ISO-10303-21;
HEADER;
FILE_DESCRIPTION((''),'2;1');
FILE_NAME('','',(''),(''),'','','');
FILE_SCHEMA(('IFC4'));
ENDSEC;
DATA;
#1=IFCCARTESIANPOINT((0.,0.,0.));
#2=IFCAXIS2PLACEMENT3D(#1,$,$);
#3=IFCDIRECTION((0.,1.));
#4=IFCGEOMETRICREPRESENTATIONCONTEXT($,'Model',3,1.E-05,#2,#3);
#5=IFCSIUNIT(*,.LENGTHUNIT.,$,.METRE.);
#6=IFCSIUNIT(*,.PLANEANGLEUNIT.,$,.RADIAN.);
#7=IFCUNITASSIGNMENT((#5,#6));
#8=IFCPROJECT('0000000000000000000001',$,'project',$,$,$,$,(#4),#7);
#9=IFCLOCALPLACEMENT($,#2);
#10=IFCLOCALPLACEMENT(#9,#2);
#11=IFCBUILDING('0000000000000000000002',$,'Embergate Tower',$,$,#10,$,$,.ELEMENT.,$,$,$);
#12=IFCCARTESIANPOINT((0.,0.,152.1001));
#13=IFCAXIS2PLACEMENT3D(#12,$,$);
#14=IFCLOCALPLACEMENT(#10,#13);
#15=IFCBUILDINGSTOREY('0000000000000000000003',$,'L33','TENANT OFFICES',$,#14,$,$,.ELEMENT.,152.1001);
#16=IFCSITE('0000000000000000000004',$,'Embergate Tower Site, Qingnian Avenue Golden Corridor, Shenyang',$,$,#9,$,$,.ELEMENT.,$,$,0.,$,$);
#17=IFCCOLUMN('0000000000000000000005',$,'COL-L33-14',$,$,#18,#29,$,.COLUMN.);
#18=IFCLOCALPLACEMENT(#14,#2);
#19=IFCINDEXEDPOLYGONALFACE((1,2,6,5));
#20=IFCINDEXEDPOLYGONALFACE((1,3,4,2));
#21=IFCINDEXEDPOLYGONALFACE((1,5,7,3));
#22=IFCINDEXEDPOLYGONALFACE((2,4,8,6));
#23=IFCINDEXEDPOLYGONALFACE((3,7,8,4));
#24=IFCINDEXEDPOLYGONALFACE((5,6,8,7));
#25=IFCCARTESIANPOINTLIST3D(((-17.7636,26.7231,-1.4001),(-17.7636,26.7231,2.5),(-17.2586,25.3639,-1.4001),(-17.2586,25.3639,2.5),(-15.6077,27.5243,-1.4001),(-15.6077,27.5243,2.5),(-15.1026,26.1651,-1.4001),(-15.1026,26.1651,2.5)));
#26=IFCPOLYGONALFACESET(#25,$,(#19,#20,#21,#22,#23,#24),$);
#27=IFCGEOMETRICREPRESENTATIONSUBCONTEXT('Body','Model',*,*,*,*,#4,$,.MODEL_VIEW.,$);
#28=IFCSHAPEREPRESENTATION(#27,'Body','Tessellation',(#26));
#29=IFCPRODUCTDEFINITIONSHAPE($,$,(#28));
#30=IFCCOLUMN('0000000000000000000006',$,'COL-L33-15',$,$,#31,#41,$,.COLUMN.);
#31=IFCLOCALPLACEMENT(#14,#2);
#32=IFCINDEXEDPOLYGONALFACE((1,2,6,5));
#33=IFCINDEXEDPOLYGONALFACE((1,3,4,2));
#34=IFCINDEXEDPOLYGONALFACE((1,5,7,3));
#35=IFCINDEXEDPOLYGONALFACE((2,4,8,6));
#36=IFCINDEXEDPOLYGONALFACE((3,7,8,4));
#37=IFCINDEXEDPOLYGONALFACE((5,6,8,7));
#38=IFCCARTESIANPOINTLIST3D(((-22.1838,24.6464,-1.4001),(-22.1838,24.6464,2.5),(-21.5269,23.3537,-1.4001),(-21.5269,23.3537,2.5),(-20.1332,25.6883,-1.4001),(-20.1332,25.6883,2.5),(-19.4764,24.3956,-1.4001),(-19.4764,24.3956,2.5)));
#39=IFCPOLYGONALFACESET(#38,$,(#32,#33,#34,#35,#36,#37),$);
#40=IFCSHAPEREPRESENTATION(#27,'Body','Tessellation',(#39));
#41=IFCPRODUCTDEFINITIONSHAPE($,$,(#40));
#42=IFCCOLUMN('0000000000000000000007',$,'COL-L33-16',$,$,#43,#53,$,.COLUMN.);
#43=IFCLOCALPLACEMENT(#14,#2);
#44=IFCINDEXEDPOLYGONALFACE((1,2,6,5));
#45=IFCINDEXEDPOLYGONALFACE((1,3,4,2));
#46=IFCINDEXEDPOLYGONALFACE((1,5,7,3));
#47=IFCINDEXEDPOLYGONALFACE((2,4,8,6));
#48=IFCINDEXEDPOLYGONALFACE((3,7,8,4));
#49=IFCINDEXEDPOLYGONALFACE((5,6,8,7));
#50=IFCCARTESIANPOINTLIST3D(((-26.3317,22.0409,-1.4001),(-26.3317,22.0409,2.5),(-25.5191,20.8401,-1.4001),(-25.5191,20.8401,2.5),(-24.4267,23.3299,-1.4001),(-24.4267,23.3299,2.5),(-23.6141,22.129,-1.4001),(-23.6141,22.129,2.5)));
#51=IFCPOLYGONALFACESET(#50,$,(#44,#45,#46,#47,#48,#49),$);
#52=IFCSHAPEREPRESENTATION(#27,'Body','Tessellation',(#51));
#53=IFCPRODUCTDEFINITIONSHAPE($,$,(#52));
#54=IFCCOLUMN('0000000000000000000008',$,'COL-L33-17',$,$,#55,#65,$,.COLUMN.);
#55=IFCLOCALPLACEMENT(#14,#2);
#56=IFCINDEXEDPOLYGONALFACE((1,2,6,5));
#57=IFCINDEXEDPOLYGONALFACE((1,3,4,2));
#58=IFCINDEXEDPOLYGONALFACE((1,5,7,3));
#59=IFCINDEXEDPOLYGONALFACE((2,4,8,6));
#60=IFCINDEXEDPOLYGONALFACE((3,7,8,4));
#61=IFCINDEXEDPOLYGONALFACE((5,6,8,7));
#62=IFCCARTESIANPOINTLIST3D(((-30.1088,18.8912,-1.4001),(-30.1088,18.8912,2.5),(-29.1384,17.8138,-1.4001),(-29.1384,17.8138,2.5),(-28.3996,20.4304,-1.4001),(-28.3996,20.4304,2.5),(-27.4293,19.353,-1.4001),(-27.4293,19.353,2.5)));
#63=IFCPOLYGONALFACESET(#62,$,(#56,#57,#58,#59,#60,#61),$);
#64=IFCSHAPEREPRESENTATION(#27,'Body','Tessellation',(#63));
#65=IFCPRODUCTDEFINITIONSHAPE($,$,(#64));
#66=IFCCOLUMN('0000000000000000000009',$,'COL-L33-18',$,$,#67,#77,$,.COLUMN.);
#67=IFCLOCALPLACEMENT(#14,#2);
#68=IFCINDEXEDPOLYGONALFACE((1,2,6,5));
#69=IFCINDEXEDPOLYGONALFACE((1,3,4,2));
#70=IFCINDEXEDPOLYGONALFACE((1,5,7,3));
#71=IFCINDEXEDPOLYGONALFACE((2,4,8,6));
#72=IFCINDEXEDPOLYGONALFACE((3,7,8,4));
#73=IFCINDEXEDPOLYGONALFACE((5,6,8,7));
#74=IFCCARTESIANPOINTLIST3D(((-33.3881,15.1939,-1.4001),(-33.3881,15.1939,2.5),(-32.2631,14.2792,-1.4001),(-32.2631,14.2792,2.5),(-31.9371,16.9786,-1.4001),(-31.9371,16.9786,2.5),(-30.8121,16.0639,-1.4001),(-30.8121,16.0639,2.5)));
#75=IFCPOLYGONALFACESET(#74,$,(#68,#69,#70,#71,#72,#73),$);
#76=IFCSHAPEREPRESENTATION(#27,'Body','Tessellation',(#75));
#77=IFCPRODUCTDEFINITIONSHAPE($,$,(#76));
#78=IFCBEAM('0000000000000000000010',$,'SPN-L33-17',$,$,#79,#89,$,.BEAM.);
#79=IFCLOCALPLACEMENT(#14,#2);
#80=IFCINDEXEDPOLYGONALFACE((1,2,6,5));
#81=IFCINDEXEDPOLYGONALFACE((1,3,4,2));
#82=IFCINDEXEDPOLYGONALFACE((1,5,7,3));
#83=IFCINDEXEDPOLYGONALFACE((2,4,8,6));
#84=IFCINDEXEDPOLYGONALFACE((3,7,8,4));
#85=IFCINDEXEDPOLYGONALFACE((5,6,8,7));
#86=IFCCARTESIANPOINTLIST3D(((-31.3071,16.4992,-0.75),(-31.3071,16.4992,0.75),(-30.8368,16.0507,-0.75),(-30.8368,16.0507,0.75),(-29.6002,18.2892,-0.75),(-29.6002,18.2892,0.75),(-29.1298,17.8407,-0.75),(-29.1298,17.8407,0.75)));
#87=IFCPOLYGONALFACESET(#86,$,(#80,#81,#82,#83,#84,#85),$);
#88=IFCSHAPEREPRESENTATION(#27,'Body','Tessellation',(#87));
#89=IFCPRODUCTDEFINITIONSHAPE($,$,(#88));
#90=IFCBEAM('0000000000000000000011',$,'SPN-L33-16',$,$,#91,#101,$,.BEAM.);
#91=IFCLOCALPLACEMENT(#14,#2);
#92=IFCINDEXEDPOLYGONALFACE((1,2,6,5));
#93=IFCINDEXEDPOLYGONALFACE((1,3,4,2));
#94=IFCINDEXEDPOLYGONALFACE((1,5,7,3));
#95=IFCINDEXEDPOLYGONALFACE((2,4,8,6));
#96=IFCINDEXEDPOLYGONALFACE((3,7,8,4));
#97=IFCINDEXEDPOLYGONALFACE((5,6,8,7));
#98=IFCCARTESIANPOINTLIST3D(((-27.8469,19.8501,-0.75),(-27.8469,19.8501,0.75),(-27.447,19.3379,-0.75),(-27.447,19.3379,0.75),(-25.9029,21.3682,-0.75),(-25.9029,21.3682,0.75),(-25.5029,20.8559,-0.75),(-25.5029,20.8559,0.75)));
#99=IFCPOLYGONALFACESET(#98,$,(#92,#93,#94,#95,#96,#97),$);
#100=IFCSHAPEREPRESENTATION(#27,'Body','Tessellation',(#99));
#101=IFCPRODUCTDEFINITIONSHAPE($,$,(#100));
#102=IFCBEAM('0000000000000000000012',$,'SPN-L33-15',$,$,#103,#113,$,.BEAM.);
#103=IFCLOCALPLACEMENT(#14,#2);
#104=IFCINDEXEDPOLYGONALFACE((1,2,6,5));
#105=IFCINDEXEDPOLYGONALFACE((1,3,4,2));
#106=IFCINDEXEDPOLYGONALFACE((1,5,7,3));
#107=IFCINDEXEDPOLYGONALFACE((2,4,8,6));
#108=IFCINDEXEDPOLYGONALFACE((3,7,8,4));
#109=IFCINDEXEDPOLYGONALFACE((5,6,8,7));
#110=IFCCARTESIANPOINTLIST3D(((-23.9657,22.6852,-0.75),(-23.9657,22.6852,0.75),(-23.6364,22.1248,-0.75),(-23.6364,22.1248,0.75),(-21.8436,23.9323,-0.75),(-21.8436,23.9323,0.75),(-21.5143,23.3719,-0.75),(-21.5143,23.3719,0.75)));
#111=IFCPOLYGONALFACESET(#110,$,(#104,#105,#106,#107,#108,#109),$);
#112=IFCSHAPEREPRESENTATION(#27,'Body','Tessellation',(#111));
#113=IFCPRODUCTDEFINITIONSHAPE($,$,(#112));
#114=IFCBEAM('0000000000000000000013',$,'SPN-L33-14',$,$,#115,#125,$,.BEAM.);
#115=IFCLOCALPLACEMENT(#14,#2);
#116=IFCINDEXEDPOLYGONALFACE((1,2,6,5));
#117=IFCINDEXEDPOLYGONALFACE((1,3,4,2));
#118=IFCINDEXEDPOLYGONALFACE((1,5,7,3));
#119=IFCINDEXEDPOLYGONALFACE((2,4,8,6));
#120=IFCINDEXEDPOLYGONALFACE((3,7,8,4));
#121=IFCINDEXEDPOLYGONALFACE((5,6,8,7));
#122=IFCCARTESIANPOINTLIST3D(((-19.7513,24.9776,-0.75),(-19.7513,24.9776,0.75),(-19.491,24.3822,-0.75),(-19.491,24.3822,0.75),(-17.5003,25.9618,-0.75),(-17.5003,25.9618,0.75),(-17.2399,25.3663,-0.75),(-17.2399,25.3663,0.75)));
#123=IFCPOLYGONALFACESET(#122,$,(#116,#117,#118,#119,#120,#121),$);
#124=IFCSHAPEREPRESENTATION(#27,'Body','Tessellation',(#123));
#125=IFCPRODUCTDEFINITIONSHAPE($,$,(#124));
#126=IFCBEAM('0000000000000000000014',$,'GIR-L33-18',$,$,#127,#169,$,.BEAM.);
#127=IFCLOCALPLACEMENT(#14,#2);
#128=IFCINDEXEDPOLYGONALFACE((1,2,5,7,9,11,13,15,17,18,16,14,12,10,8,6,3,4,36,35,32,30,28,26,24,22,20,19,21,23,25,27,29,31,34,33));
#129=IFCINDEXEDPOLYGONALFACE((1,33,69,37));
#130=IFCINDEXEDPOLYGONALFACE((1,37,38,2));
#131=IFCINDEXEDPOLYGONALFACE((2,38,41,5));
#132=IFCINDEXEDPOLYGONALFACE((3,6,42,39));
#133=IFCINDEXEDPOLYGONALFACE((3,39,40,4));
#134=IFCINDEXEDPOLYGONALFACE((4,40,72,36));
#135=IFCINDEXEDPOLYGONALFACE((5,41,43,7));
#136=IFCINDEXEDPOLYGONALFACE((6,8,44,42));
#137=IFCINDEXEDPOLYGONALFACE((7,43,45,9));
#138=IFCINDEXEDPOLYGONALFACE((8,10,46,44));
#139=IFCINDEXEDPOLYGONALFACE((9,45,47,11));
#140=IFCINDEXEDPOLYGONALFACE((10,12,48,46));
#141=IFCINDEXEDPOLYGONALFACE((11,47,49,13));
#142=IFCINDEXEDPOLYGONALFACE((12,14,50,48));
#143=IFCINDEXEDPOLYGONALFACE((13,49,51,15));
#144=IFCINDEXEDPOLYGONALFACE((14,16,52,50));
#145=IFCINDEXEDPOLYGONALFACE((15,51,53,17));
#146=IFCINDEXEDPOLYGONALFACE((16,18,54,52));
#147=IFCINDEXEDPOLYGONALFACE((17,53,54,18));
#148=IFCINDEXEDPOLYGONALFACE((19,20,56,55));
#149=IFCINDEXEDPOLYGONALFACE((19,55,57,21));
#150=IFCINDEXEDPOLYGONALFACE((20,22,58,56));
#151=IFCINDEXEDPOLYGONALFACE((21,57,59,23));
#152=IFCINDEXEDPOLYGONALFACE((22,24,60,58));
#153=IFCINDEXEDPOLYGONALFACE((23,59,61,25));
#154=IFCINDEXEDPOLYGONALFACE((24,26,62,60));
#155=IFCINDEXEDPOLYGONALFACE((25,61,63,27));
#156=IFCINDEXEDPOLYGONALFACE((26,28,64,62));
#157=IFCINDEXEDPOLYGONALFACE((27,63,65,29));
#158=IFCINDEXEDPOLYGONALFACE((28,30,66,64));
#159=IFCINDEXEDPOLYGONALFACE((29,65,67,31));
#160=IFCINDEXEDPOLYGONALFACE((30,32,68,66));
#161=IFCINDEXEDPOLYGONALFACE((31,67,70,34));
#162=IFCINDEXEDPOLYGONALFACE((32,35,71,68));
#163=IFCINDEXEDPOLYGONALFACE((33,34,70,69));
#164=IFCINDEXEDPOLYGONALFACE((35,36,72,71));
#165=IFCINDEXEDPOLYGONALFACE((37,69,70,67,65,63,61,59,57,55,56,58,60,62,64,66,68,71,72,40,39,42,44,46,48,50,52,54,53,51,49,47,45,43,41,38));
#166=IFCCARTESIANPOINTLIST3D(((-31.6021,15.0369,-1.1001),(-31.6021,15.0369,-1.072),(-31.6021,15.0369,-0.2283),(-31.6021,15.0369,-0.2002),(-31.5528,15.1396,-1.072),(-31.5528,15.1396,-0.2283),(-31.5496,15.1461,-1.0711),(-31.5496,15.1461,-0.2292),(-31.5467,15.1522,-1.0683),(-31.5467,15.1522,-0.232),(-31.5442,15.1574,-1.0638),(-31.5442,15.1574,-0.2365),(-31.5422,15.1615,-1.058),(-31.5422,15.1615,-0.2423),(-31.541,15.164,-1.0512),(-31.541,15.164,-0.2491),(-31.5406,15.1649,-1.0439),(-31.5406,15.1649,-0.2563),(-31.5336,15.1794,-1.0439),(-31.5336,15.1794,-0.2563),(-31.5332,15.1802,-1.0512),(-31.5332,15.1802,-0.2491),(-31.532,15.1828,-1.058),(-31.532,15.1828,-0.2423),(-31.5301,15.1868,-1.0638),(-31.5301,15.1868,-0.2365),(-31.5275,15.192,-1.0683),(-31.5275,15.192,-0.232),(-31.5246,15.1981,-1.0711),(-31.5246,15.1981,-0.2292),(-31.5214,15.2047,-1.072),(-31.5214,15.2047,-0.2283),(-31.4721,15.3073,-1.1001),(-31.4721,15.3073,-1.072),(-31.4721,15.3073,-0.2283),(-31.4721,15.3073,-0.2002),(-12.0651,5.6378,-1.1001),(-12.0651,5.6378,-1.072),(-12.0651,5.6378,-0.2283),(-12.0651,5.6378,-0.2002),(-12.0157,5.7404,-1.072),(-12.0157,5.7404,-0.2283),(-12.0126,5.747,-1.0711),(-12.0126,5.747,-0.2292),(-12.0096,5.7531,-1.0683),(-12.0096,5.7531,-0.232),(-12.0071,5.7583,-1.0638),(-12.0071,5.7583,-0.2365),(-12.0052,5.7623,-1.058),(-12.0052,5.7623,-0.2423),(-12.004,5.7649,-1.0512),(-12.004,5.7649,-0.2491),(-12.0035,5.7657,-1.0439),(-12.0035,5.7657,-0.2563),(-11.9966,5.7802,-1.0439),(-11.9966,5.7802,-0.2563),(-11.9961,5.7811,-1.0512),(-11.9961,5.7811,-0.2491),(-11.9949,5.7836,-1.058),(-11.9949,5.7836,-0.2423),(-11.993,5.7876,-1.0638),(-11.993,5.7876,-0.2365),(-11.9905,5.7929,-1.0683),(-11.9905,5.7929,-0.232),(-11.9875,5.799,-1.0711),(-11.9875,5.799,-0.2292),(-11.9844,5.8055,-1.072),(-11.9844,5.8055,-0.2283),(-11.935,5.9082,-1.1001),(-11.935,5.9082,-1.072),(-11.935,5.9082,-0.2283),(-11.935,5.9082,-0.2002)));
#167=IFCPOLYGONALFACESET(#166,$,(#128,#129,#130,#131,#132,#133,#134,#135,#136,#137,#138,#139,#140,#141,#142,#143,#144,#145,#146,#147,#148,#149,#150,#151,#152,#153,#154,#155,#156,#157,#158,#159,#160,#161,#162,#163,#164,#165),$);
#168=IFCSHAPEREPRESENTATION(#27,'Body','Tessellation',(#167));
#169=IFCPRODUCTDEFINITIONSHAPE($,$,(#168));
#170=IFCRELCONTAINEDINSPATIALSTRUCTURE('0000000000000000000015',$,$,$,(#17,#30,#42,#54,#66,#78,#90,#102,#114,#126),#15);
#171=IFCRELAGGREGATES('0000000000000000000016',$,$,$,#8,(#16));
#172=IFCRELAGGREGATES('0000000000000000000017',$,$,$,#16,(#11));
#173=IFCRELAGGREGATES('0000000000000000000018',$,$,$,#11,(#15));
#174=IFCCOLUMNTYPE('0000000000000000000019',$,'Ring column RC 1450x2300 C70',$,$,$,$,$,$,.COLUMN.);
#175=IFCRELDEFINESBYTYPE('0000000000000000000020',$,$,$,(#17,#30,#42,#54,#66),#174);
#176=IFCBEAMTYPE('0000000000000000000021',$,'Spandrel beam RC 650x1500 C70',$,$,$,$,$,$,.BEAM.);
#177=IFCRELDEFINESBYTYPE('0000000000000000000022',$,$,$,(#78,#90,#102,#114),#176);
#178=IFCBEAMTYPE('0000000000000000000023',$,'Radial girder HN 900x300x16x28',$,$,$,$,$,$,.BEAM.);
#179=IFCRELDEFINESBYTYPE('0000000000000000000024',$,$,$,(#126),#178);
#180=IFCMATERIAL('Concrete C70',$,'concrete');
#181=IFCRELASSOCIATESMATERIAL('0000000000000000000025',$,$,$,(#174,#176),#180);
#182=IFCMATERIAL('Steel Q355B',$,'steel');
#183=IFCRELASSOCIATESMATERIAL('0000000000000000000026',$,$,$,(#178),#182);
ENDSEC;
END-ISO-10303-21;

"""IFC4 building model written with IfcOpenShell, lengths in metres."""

from ifc_helpers import new_model, si_unit, direction, frame, origin, origin_2d, place, context, subcontext, project, spatial, rectangle, i_section, extrude, source, transform, mapped, material, material_profile, profile_set, type_object, element, save


model = new_model("IFC4")

# Units and contexts
model_context = context("Model", 3, precision=1e-05, world=origin(), true_north=direction((0.0, 1.0)))
body_context = subcontext(model_context, "Body", "Model", "MODEL_VIEW")
ifc_project = project(units=[si_unit("LENGTHUNIT", "METRE"), si_unit("PLANEANGLEUNIT", "RADIAN")], contexts=[model_context])

# Site, building, storey
site_placement = place(None, origin())
site = spatial("IfcSite", under=ifc_project, at=site_placement, Name="Embergate Tower Site, Qingnian Avenue Golden Corridor, Shenyang", CompositionType="ELEMENT", RefElevation=0.0)
building_placement = place(site_placement, origin())
building = spatial("IfcBuilding", under=site, at=building_placement, Name="Embergate Tower", CompositionType="ELEMENT")
storey_placement = place(building_placement, frame((0.0, 0.0, 152.1001)))
storey = spatial("IfcBuildingStorey", under=building, at=storey_placement, Name="L33", Description="TENANT OFFICES", CompositionType="ELEMENT", Elevation=152.1001)

# Columns
ifc_material_1 = material(Name="Concrete C70", Category="concrete")
ifc_material_profile_1 = material_profile(ifc_material_1, rectangle(XDim=1.45, YDim=2.3, at=origin_2d()), Name="RC 1450x2300")
ifc_profile_set_1 = profile_set([ifc_material_profile_1], Name="Concrete C70")
column_type = type_object("IfcColumnType", Name="Ring column RC 1450x2300 C70", PredefinedType="COLUMN", material=ifc_profile_set_1)
shared_shape_1 = source(origin(), body_context, "Body", "SweptSolid", [
    extrude(rectangle(XDim=1.45, YDim=2.3, at=origin_2d()), origin(), (0.0, 0.0, 1.0), 3.9001),
])
for number, where, z_axis, x_axis, name in (
    (1, (-16.4331, 26.4441, -1.4001), (0.0, 0.0, 1.0), (-0.348343, 0.937367, 0.0), "COL-L33-14"),
    (2, (-20.8301, 24.521, -1.4001), (0.0, 0.0, 1.0), (-0.452995, 0.891513, 0.0), "COL-L33-15"),
    (3, (-24.9729, 22.085, -1.4001), (0.0, 0.0, 1.0), (-0.560393, 0.828227, 0.0), "COL-L33-16"),
    (4, (-28.769, 19.1221, -1.4001), (0.0, 0.0, 1.0), (-0.669208, 0.743075, 0.0), "COL-L33-17"),
    (5, (-32.1001, 15.6289, -1.4001), (0.0, 0.0, 1.0), (-0.775914, 0.630838, 0.0), "COL-L33-18"),
):
    element("IfcColumn", number, at=place(storey_placement, frame(where, z_axis=z_axis, x_axis=x_axis)), inside=storey, type_object=column_type, Name=name, PredefinedType="COLUMN", context=body_context, shape_type="MappedRepresentation", body=[
        mapped(shared_shape_1, transform((0.0, 0.0, 0.0))),
    ])

# Beams
ifc_material_profile_2 = material_profile(ifc_material_1, rectangle(XDim=0.6499, YDim=1.5, at=origin_2d()), Name="RC 650x1500")
ifc_profile_set_2 = profile_set([ifc_material_profile_2], Name="Concrete C70")
beam_type_1 = type_object("IfcBeamType", Name="Spandrel beam RC 650x1500 C70", PredefinedType="BEAM", material=ifc_profile_set_2)
shared_shape_2 = source(origin(), body_context, "Body", "SweptSolid", [
    extrude(rectangle(XDim=0.6499, YDim=1.5, at=origin_2d()), origin(), (0.0, 0.0, 1.0), 2.4734),
])
beam_1_placement = place(storey_placement, frame((-29.365, 18.0649, 0.0), z_axis=(-0.690128, -0.723687, 0.0), x_axis=(0.723687, -0.690128, 0.0)))
element("IfcBeam", 6, at=beam_1_placement, inside=storey, type_object=beam_type_1, Name="SPN-L33-17", PredefinedType="BEAM", context=body_context, shape_type="MappedRepresentation", body=[
    mapped(shared_shape_2, transform((0.0, 0.0, 0.0))),
])
shared_shape_3 = source(origin(), body_context, "Body", "SweptSolid", [
    extrude(rectangle(XDim=0.6499, YDim=1.5, at=origin_2d()), origin(), (0.0, 0.0, 1.0), 2.4666),
])
beam_2_placement = place(storey_placement, frame((-25.7029, 21.1121, 0.0), z_axis=(-0.788173, -0.615454, 0.0), x_axis=(0.615454, -0.788173, 0.0)))
element("IfcBeam", 7, at=beam_2_placement, inside=storey, type_object=beam_type_1, Name="SPN-L33-16", PredefinedType="BEAM", context=body_context, shape_type="MappedRepresentation", body=[
    mapped(shared_shape_3, transform((0.0, 0.0, 0.0))),
])
shared_shape_4 = source(origin(), body_context, "Body", "SweptSolid", [
    extrude(rectangle(XDim=0.6499, YDim=1.5, at=origin_2d()), origin(), (0.0, 0.0, 1.0), 2.4614),
])
beam_3_placement = place(storey_placement, frame((-21.679, 23.6521, 0.0), z_axis=(-0.862148, -0.506656, 0.0), x_axis=(0.506656, -0.862148, 0.0)))
element("IfcBeam", 8, at=beam_3_placement, inside=storey, type_object=beam_type_1, Name="SPN-L33-15", PredefinedType="BEAM", context=body_context, shape_type="MappedRepresentation", body=[
    mapped(shared_shape_4, transform((0.0, 0.0, 0.0))),
])
shared_shape_5 = source(origin(), body_context, "Body", "SweptSolid", [
    extrude(rectangle(XDim=0.6499, YDim=1.5, at=origin_2d()), origin(), (0.0, 0.0, 1.0), 2.4568),
])
beam_4_placement = place(storey_placement, frame((-17.3701, 25.6641, 0.0), z_axis=(-0.916258, -0.400589, 0.0), x_axis=(0.400589, -0.916258, 0.0)))
element("IfcBeam", 9, at=beam_4_placement, inside=storey, type_object=beam_type_1, Name="SPN-L33-14", PredefinedType="BEAM", context=body_context, shape_type="MappedRepresentation", body=[
    mapped(shared_shape_5, transform((0.0, 0.0, 0.0))),
])
ifc_material_2 = material(Name="Steel Q355B", Category="steel")
ifc_material_profile_3 = material_profile(ifc_material_2, i_section(OverallWidth=0.3, OverallDepth=0.8999, WebThickness=0.0161, FlangeThickness=0.0281, FilletRadius=0.0281, at=origin_2d()), Name="HN 900x300x16x28")
ifc_profile_set_3 = profile_set([ifc_material_profile_3], Name="Steel Q355 grade B")
beam_type_2 = type_object("IfcBeamType", Name="Radial girder HN 900x300x16x28", PredefinedType="BEAM", material=ifc_profile_set_3)
shared_shape_6 = source(origin(), body_context, "Body", "SweptSolid", [
    extrude(i_section(OverallWidth=0.3, OverallDepth=0.8999, WebThickness=0.0161, FlangeThickness=0.0281, FilletRadius=0.0281, at=origin_2d()), origin(), (0.0, 0.0, 1.0), 21.6804),
])
beam_5_placement = place(storey_placement, frame((-31.5371, 15.1721, -0.6501), z_axis=(0.901138, -0.433532, 0.0), x_axis=(0.433532, 0.901138, 0.0)))
element("IfcBeam", 10, at=beam_5_placement, inside=storey, type_object=beam_type_2, Name="GIR-L33-18", PredefinedType="BEAM", context=body_context, shape_type="MappedRepresentation", body=[
    mapped(shared_shape_6, transform((0.0, 0.0, 0.0))),
])

save(model, "model.ifc")
